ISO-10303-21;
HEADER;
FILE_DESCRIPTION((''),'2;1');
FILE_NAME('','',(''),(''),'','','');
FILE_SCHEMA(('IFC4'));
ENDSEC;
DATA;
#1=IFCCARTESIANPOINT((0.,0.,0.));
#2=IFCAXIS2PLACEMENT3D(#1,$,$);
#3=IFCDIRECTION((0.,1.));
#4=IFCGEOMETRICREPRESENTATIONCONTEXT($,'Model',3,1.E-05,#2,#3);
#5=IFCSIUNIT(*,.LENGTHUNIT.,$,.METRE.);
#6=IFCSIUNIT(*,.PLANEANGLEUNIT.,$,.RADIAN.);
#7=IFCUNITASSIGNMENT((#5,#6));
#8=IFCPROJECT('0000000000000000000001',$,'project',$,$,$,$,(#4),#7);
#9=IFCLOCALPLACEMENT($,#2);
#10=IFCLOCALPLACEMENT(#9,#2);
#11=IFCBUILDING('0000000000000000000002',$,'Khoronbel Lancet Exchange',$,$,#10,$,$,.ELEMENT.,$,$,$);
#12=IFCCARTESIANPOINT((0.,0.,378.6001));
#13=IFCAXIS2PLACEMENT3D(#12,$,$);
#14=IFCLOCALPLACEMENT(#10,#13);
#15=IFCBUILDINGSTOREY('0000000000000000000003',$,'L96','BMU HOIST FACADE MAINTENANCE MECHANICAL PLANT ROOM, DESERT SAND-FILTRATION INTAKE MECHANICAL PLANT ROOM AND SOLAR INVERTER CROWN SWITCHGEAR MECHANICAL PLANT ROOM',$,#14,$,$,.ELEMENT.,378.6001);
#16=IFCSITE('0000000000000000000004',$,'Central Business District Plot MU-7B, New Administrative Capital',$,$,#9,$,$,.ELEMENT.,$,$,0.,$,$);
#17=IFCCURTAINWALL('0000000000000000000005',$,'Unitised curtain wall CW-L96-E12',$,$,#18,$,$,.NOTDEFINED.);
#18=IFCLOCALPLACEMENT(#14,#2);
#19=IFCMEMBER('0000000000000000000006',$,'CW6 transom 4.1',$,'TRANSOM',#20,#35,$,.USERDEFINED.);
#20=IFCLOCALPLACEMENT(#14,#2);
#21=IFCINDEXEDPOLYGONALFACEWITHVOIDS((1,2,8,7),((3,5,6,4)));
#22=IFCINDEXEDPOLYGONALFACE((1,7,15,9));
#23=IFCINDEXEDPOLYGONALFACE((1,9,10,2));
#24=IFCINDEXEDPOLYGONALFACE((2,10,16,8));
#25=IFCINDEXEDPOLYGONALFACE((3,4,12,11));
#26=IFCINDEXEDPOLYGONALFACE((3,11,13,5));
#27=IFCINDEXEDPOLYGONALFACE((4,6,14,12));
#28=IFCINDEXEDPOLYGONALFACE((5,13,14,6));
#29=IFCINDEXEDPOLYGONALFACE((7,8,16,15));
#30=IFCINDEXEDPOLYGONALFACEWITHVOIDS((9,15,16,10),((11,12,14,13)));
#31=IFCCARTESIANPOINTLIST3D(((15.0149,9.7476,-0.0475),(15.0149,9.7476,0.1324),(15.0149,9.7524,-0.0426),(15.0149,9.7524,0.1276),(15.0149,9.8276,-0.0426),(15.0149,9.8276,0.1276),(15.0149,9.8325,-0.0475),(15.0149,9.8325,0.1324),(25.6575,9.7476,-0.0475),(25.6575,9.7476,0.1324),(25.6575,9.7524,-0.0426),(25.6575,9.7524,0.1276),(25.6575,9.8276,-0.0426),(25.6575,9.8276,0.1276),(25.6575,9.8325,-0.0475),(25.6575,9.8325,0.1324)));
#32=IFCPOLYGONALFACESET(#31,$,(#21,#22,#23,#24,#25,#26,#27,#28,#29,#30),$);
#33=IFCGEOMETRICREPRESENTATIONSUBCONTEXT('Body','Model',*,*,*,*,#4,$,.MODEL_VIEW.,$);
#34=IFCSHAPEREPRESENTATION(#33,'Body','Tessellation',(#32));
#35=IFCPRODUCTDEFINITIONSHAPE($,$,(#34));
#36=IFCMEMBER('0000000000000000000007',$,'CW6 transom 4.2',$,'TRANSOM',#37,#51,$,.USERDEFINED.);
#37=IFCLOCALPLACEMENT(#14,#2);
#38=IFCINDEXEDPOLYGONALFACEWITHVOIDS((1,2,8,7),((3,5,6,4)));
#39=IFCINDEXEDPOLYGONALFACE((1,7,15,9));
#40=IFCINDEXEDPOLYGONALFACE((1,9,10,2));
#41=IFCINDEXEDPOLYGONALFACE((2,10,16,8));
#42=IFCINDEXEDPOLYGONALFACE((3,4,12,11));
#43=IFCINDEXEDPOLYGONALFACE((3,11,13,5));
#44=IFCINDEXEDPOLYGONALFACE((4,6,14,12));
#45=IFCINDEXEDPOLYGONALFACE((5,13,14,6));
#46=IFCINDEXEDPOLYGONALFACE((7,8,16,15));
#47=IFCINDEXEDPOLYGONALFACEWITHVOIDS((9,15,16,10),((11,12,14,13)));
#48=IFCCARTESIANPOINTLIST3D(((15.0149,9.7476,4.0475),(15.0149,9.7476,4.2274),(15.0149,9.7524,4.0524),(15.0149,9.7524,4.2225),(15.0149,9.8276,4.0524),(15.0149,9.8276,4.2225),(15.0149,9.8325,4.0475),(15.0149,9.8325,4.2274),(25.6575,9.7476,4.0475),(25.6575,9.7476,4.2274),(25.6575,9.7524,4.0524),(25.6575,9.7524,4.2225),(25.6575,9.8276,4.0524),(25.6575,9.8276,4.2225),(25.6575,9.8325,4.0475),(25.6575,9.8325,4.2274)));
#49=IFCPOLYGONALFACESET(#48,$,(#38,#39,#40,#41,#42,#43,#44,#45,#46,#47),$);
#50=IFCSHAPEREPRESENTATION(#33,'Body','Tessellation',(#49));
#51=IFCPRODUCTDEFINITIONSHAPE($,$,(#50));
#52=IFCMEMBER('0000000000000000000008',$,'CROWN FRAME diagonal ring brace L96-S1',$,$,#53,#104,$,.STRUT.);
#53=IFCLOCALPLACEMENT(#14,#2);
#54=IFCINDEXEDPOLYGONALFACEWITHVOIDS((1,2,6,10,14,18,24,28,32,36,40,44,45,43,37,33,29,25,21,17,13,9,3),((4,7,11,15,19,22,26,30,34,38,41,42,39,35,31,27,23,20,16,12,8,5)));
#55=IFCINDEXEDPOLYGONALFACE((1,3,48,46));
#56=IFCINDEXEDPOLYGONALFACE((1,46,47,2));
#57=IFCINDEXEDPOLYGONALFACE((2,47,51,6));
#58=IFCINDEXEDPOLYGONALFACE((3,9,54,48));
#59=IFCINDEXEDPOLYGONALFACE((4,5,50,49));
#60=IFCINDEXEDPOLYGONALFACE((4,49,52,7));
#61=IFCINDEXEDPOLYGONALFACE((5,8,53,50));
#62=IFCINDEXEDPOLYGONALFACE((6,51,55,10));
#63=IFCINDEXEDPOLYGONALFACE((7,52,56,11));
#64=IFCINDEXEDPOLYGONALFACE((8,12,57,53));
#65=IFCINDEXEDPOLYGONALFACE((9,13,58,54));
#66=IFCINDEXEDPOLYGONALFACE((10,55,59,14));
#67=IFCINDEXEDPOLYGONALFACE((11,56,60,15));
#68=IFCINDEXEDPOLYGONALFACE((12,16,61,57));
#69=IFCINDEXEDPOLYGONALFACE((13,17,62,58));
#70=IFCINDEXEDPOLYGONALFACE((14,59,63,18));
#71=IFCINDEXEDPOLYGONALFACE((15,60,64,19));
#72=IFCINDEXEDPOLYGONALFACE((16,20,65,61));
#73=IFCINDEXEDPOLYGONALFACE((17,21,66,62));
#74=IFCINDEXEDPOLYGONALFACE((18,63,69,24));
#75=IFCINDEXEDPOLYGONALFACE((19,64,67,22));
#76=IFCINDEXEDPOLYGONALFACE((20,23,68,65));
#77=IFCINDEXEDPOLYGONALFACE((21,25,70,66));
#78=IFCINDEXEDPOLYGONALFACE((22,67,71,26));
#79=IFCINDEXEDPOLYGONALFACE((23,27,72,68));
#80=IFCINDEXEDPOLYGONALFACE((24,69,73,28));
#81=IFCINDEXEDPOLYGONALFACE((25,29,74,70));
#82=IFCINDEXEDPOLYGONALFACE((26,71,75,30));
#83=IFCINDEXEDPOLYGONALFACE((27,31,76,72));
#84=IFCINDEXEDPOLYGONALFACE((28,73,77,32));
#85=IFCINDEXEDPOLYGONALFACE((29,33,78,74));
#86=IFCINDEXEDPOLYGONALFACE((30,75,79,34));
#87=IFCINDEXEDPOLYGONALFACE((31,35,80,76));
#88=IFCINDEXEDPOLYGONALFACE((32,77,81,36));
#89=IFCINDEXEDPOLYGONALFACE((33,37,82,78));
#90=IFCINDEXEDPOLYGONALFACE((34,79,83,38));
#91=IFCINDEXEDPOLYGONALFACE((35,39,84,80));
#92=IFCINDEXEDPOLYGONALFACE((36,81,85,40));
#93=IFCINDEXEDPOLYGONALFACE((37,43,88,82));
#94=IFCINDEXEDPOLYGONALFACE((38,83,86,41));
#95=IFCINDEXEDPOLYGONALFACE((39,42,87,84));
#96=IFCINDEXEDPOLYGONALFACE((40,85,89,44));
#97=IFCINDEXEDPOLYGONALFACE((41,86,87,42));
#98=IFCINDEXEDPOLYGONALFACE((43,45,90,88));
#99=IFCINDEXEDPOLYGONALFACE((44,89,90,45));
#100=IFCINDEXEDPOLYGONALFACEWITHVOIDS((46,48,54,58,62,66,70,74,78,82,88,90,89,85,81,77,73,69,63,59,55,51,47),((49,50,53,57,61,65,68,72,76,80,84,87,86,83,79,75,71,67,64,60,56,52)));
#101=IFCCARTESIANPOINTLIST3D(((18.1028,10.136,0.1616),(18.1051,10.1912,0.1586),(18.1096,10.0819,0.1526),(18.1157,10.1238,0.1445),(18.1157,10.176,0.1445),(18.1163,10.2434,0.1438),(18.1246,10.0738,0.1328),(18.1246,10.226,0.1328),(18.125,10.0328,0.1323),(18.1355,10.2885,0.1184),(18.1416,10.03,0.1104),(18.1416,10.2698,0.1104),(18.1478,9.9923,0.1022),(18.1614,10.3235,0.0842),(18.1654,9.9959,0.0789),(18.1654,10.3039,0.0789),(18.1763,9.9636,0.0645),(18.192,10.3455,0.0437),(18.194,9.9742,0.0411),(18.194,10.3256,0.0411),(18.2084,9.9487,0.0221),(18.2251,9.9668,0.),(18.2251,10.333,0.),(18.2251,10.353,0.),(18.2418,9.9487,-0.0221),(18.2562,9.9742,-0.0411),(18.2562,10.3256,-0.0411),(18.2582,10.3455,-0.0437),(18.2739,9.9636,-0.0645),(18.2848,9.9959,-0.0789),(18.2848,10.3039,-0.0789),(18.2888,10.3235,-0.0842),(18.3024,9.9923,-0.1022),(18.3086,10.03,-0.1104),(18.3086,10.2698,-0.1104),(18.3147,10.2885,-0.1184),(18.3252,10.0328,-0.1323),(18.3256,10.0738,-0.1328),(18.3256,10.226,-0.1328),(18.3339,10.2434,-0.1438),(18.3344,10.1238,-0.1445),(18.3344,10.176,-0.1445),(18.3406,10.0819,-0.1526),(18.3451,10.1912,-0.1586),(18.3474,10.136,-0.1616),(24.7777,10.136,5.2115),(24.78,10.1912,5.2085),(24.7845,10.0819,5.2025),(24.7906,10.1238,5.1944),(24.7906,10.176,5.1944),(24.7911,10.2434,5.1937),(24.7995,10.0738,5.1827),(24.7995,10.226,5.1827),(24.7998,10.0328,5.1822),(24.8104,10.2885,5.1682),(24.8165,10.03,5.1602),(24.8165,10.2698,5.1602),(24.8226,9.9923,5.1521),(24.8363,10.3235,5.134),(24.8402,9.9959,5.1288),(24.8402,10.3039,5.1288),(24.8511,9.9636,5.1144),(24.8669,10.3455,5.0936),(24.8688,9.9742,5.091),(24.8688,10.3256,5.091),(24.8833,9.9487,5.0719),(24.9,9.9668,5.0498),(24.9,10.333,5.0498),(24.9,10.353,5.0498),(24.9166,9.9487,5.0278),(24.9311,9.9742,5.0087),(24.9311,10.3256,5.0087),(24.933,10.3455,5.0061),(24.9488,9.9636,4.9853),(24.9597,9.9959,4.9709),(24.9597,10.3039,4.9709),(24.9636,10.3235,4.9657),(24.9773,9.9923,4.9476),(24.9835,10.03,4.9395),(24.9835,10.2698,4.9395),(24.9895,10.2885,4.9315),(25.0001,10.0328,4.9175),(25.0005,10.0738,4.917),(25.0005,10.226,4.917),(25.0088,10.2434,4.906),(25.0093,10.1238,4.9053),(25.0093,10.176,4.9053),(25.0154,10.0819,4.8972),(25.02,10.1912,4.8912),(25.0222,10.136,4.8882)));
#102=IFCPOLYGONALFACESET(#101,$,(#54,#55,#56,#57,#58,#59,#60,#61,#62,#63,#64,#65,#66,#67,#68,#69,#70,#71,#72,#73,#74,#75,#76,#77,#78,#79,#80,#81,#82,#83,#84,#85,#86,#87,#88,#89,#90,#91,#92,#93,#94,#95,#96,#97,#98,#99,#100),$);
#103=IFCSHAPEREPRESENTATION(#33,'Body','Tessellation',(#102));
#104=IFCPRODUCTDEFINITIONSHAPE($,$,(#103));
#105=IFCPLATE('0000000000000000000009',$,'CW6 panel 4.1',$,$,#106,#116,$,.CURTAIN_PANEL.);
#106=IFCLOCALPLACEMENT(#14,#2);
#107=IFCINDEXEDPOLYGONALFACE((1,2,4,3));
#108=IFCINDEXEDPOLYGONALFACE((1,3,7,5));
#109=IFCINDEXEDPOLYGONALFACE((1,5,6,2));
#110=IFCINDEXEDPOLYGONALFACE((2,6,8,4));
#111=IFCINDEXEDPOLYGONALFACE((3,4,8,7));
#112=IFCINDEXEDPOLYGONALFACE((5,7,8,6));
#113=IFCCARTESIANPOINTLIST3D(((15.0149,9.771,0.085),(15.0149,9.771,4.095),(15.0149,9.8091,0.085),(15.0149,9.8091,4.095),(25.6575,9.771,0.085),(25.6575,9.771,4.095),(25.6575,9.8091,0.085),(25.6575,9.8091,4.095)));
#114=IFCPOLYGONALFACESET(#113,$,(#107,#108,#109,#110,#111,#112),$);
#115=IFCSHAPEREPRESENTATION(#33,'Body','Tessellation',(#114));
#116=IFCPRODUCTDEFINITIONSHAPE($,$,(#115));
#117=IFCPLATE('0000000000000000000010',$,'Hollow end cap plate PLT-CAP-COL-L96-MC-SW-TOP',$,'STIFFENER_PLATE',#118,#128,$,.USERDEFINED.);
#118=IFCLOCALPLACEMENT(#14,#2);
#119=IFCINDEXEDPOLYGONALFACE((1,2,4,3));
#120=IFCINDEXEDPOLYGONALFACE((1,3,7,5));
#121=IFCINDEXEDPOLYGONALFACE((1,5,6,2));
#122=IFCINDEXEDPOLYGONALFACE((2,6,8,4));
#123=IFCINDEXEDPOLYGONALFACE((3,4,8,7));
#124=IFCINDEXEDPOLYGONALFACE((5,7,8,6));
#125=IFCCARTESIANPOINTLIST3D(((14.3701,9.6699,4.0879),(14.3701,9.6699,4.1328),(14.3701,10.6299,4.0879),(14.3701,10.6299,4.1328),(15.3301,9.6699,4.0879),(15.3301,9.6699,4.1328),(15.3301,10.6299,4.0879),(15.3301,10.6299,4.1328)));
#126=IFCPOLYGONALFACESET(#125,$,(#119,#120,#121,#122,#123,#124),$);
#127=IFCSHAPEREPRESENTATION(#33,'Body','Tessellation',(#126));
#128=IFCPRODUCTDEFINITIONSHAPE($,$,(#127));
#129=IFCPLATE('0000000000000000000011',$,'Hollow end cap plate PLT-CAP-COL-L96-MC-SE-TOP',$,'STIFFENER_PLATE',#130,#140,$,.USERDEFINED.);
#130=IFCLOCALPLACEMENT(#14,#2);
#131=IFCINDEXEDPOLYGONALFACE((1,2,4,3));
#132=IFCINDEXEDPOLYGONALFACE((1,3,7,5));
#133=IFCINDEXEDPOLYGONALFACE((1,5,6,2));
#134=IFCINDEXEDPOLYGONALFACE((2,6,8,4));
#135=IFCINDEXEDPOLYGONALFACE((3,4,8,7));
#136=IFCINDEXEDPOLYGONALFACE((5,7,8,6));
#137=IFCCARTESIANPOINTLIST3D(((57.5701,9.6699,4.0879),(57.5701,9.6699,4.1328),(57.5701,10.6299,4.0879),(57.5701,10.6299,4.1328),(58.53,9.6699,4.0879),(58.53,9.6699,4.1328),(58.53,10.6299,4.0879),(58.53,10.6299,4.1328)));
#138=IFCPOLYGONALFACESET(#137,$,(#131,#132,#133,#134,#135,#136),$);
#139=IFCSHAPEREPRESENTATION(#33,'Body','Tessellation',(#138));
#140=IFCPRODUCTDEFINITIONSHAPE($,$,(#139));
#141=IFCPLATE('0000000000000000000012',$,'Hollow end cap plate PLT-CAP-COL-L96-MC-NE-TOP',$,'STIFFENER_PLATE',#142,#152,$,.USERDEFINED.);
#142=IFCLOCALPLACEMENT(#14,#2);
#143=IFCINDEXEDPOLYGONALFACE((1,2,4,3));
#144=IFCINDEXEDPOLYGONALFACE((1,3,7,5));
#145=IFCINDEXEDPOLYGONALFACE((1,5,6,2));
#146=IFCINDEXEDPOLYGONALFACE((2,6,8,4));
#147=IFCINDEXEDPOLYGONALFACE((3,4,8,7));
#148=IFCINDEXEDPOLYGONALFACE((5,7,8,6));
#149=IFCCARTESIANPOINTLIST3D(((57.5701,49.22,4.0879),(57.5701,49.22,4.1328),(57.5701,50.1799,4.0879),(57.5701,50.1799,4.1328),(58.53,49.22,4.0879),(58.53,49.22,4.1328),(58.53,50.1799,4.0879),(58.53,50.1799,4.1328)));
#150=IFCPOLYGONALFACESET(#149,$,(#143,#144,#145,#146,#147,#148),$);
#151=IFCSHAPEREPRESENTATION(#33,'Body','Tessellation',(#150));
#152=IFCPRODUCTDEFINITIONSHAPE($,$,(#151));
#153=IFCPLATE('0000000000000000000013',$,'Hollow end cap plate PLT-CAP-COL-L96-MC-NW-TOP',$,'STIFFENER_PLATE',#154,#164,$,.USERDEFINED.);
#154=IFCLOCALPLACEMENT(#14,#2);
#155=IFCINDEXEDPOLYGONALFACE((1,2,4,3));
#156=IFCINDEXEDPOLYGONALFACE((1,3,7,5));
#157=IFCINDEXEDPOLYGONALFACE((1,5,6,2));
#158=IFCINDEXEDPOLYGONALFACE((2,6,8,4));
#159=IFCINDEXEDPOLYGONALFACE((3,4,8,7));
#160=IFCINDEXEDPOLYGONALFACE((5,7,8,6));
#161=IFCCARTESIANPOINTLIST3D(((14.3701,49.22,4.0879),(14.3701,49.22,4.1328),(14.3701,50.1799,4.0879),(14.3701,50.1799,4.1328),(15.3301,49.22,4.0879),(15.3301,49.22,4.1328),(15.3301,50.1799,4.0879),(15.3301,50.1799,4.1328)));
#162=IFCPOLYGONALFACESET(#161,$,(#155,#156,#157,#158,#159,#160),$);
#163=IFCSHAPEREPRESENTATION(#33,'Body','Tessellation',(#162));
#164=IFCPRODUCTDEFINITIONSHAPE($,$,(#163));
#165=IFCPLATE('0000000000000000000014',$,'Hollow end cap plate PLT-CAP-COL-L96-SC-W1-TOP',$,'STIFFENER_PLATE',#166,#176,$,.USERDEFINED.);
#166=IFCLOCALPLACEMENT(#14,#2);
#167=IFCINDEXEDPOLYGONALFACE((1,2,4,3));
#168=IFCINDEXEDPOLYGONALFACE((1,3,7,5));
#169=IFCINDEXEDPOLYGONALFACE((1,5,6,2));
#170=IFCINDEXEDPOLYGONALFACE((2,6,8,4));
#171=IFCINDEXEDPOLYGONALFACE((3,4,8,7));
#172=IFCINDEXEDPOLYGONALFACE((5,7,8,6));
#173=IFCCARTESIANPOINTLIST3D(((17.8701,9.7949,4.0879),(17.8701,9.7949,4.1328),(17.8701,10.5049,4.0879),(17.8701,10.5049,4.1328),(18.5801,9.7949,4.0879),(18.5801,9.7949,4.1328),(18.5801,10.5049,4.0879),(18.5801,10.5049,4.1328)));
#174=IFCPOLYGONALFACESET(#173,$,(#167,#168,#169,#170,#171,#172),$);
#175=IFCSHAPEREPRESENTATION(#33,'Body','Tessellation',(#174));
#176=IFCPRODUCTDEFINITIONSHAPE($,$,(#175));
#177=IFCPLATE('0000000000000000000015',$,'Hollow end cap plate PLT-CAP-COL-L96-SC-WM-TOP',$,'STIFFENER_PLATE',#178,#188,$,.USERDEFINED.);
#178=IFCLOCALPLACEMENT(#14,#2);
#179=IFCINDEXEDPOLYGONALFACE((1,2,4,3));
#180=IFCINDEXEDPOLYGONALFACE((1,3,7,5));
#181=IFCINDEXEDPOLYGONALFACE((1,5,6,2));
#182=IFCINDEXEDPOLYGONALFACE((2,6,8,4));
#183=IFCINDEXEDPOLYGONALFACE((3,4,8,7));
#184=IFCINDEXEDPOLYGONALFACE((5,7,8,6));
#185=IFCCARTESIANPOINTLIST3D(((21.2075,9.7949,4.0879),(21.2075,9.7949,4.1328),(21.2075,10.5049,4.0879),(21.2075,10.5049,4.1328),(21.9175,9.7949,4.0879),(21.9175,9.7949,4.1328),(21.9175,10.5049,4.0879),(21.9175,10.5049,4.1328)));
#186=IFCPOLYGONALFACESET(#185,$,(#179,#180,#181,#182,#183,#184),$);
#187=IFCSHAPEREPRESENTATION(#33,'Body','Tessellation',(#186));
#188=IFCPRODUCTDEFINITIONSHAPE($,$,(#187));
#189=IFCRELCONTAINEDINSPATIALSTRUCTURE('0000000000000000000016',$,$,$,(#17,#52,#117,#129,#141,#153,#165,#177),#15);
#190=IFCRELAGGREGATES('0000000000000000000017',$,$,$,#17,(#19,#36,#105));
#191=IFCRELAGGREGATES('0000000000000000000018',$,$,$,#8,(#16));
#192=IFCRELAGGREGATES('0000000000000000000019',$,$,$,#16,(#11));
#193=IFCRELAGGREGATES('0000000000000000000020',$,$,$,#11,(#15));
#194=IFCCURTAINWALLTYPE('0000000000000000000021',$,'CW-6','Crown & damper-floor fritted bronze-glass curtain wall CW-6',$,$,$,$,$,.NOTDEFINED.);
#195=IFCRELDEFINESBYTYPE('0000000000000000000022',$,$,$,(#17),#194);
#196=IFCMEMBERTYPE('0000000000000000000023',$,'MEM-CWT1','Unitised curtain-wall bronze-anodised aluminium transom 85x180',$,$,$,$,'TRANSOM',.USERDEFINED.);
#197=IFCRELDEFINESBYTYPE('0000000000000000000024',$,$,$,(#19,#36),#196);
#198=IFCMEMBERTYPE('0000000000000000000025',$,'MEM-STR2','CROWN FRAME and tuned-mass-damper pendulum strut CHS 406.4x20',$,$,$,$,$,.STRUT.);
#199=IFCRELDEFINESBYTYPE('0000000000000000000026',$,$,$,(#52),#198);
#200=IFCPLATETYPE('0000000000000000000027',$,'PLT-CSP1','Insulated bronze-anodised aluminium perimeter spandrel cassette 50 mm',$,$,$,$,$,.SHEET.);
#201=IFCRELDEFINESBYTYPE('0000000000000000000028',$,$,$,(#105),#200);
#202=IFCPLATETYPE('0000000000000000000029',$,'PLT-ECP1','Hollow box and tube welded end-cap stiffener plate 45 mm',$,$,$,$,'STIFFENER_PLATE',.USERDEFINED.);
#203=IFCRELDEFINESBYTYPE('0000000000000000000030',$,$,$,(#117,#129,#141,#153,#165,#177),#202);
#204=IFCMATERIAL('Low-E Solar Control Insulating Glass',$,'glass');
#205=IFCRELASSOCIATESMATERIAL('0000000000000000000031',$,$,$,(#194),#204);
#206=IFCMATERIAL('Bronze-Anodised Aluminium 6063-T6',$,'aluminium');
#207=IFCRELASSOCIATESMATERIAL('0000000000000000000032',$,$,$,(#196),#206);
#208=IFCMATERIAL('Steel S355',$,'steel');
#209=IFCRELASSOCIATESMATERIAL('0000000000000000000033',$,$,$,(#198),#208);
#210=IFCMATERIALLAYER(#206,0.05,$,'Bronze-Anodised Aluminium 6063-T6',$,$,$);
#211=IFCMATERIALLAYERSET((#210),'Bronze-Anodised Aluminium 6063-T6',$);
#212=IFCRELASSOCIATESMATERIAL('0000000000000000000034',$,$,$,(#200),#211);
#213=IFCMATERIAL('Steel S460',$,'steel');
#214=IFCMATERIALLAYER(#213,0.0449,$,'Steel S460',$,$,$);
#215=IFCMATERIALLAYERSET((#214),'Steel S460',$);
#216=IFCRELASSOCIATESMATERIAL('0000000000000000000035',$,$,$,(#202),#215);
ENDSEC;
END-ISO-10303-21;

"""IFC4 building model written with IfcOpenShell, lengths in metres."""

from ifc_helpers import new_model, si_unit, direction, frame, origin, origin_2d, place, context, subcontext, project, spatial, polyline, rectangle, hollow_rectangle, hollow_circle, outline, extrude, material, layer, layer_set, material_profile, profile_set, type_object, element, aggregate, save


model = new_model("IFC4")

# Units and contexts
model_context = context("Model", 3, precision=1e-05, world=origin(), true_north=direction((0.0, 1.0)))
body_context = subcontext(model_context, "Body", "Model", "MODEL_VIEW")
ifc_project = project(units=[si_unit("LENGTHUNIT", "METRE"), si_unit("PLANEANGLEUNIT", "RADIAN")], contexts=[model_context])

# Site, building, storey
site_placement = place(None, origin())
site = spatial("IfcSite", under=ifc_project, at=site_placement, Name="Central Business District Plot MU-7B, New Administrative Capital", CompositionType="ELEMENT", RefElevation=0.0)
building_placement = place(site_placement, origin())
building = spatial("IfcBuilding", under=site, at=building_placement, Name="Khoronbel Lancet Exchange", CompositionType="ELEMENT")
storey_placement = place(building_placement, frame((0.0, 0.0, 378.6001)))
storey = spatial("IfcBuildingStorey", under=building, at=storey_placement, Name="L96", Description="BMU HOIST FACADE MAINTENANCE MECHANICAL PLANT ROOM, DESERT SAND-FILTRATION INTAKE MECHANICAL PLANT ROOM AND SOLAR INVERTER CROWN SWITCHGEAR MECHANICAL PLANT ROOM", CompositionType="ELEMENT", Elevation=378.6001)

# Shared definitions
ifc_material_1 = material(Name="Steel S460", Category="steel")

# Shared definitions
ifc_material_2 = material(Name="Steel S355", Category="steel")

# Curtain wall, members
ifc_material_3 = material(Name="Low-E Solar Control Insulating Glass", Category="glass")
curtain_wall_type = type_object("IfcCurtainWallType", Name="CW-6", Description="Crown & damper-floor fritted bronze-glass curtain wall CW-6", PredefinedType="NOTDEFINED", material=ifc_material_3)
curtain_wall_placement = place(storey_placement, origin())
curtain_wall = element("IfcCurtainWall", 1, at=curtain_wall_placement, inside=storey, type_object=curtain_wall_type, Name="Unitised curtain wall CW-L96-E12", PredefinedType="NOTDEFINED")
ifc_material_4 = material(Name="Bronze-Anodised Aluminium 6063-T6", Category="aluminium")
ifc_material_profile_1 = material_profile(ifc_material_4, hollow_rectangle(XDim=0.085, YDim=0.1799, WallThickness=0.0049, at=origin_2d()), Name="ALU TRANSOM 85x180")
ifc_profile_set_1 = profile_set([ifc_material_profile_1], Name="Bronze-Anodised Aluminium 6063-T6")
member_type_1 = type_object("IfcMemberType", Name="MEM-CWT1", Description="Unitised curtain-wall bronze-anodised aluminium transom 85x180", ElementType="TRANSOM", PredefinedType="USERDEFINED", material=ifc_profile_set_1)
member_1_placement = place(storey_placement, frame((25.6575, 9.79, 0.0425), z_axis=(-1.0, 0.0, 0.0), x_axis=(0.0, -1.0, 0.0)))
member_1 = element("IfcMember", 2, at=member_1_placement, type_object=member_type_1, Name="CW6 transom 4.1", ObjectType="TRANSOM", PredefinedType="USERDEFINED", context=body_context, shape_type="SweptSolid", body=[
    extrude(hollow_rectangle(XDim=0.085, YDim=0.1799, WallThickness=0.0049, at=origin_2d()), origin(), (0.0, 0.0, 1.0), 10.6426),
])
member_2_placement = place(storey_placement, frame((25.6575, 9.79, 4.1375), z_axis=(-1.0, 0.0, 0.0), x_axis=(0.0, -1.0, 0.0)))
member_2 = element("IfcMember", 3, at=member_2_placement, type_object=member_type_1, Name="CW6 transom 4.2", ObjectType="TRANSOM", PredefinedType="USERDEFINED", context=body_context, shape_type="SweptSolid", body=[
    extrude(hollow_rectangle(XDim=0.085, YDim=0.1799, WallThickness=0.0049, at=origin_2d()), origin(), (0.0, 0.0, 1.0), 10.6426),
])

# Member
ifc_material_profile_2 = material_profile(ifc_material_2, hollow_circle(Radius=0.2031, WallThickness=0.02, at=origin_2d()), Name="CHS 406.4x20")
ifc_profile_set_2 = profile_set([ifc_material_profile_2], Name="Steel S355")
member_type_2 = type_object("IfcMemberType", Name="MEM-STR2", Description="CROWN FRAME and tuned-mass-damper pendulum strut CHS 406.4x20", PredefinedType="STRUT", material=ifc_profile_set_2)
member_3_placement = place(storey_placement, frame((18.2251, 10.1499, 0.0), z_axis=(0.797487, 0.0, 0.603336), x_axis=(0.0, 1.0, 0.0)))
element("IfcMember", 4, at=member_3_placement, inside=storey, type_object=member_type_2, Name="CROWN FRAME diagonal ring brace L96-S1", PredefinedType="STRUT", context=body_context, shape_type="SweptSolid", body=[
    extrude(hollow_circle(Radius=0.2031, WallThickness=0.02, at=origin_2d()), origin(), (0.0, 0.0, 1.0), 8.3699),
])

# Plate
ifc_layer_1 = layer(ifc_material_4, 0.05, Name="Bronze-Anodised Aluminium 6063-T6")
ifc_layer_set_1 = layer_set([ifc_layer_1], Name="Bronze-Anodised Aluminium 6063-T6")
plate_type_1 = type_object("IfcPlateType", Name="PLT-CSP1", Description="Insulated bronze-anodised aluminium perimeter spandrel cassette 50 mm", PredefinedType="SHEET", material=ifc_layer_set_1)
plate_1_placement = place(storey_placement, frame((20.3362, 9.79, 0.085), z_axis=(0.0, 0.0, 1.0), x_axis=(-1.0, 0.0, 0.0)))
plate_1 = element("IfcPlate", 5, at=plate_1_placement, type_object=plate_type_1, Name="CW6 panel 4.1", PredefinedType="CURTAIN_PANEL", context=body_context, shape_type="SweptSolid", body=[
    extrude(rectangle(XDim=10.6426, YDim=0.0381, at=origin_2d()), origin(), (0.0, 0.0, 1.0), 4.01),
])
aggregate(curtain_wall, [member_1, member_2, plate_1])

# Plates
ifc_layer_2 = layer(ifc_material_1, 0.0449, Name="Steel S460")
ifc_layer_set_2 = layer_set([ifc_layer_2], Name="Steel S460")
plate_type_2 = type_object("IfcPlateType", Name="PLT-ECP1", Description="Hollow box and tube welded end-cap stiffener plate 45 mm", ElementType="STIFFENER_PLATE", PredefinedType="USERDEFINED", material=ifc_layer_set_2)
plate_2_placement = place(storey_placement, frame((0.0, 0.0, 4.0879)))
element("IfcPlate", 6, at=plate_2_placement, inside=storey, type_object=plate_type_2, Name="Hollow end cap plate PLT-CAP-COL-L96-MC-SW-TOP", ObjectType="STIFFENER_PLATE", PredefinedType="USERDEFINED", context=body_context, shape_type="SweptSolid", body=[
    extrude(outline(polyline([(14.3701, 9.6699), (15.3301, 9.6699), (15.3301, 10.6299), (14.3701, 10.6299), (14.3701, 9.6699)])), origin(), (0.0, 0.0, 1.0), 0.0449),
])
plate_3_placement = place(storey_placement, frame((0.0, 0.0, 4.0879)))
element("IfcPlate", 7, at=plate_3_placement, inside=storey, type_object=plate_type_2, Name="Hollow end cap plate PLT-CAP-COL-L96-MC-SE-TOP", ObjectType="STIFFENER_PLATE", PredefinedType="USERDEFINED", context=body_context, shape_type="SweptSolid", body=[
    extrude(outline(polyline([(57.5701, 9.6699), (58.53, 9.6699), (58.53, 10.6299), (57.5701, 10.6299), (57.5701, 9.6699)])), origin(), (0.0, 0.0, 1.0), 0.0449),
])
plate_4_placement = place(storey_placement, frame((0.0, 0.0, 4.0879)))
element("IfcPlate", 8, at=plate_4_placement, inside=storey, type_object=plate_type_2, Name="Hollow end cap plate PLT-CAP-COL-L96-MC-NE-TOP", ObjectType="STIFFENER_PLATE", PredefinedType="USERDEFINED", context=body_context, shape_type="SweptSolid", body=[
    extrude(outline(polyline([(57.5701, 49.22), (58.53, 49.22), (58.53, 50.1799), (57.5701, 50.1799), (57.5701, 49.22)])), origin(), (0.0, 0.0, 1.0), 0.0449),
])
plate_5_placement = place(storey_placement, frame((0.0, 0.0, 4.0879)))
element("IfcPlate", 9, at=plate_5_placement, inside=storey, type_object=plate_type_2, Name="Hollow end cap plate PLT-CAP-COL-L96-MC-NW-TOP", ObjectType="STIFFENER_PLATE", PredefinedType="USERDEFINED", context=body_context, shape_type="SweptSolid", body=[
    extrude(outline(polyline([(14.3701, 49.22), (15.3301, 49.22), (15.3301, 50.1799), (14.3701, 50.1799), (14.3701, 49.22)])), origin(), (0.0, 0.0, 1.0), 0.0449),
])
plate_6_placement = place(storey_placement, frame((0.0, 0.0, 4.0879)))
element("IfcPlate", 10, at=plate_6_placement, inside=storey, type_object=plate_type_2, Name="Hollow end cap plate PLT-CAP-COL-L96-SC-W1-TOP", ObjectType="STIFFENER_PLATE", PredefinedType="USERDEFINED", context=body_context, shape_type="SweptSolid", body=[
    extrude(outline(polyline([(17.8701, 9.7949), (18.5801, 9.7949), (18.5801, 10.5049), (17.8701, 10.5049), (17.8701, 9.7949)])), origin(), (0.0, 0.0, 1.0), 0.0449),
])
plate_7_placement = place(storey_placement, frame((0.0, 0.0, 4.0879)))
element("IfcPlate", 11, at=plate_7_placement, inside=storey, type_object=plate_type_2, Name="Hollow end cap plate PLT-CAP-COL-L96-SC-WM-TOP", ObjectType="STIFFENER_PLATE", PredefinedType="USERDEFINED", context=body_context, shape_type="SweptSolid", body=[
    extrude(outline(polyline([(21.2075, 9.7949), (21.9175, 9.7949), (21.9175, 10.5049), (21.2075, 10.5049), (21.2075, 9.7949)])), origin(), (0.0, 0.0, 1.0), 0.0449),
])

save(model, "model.ifc")
